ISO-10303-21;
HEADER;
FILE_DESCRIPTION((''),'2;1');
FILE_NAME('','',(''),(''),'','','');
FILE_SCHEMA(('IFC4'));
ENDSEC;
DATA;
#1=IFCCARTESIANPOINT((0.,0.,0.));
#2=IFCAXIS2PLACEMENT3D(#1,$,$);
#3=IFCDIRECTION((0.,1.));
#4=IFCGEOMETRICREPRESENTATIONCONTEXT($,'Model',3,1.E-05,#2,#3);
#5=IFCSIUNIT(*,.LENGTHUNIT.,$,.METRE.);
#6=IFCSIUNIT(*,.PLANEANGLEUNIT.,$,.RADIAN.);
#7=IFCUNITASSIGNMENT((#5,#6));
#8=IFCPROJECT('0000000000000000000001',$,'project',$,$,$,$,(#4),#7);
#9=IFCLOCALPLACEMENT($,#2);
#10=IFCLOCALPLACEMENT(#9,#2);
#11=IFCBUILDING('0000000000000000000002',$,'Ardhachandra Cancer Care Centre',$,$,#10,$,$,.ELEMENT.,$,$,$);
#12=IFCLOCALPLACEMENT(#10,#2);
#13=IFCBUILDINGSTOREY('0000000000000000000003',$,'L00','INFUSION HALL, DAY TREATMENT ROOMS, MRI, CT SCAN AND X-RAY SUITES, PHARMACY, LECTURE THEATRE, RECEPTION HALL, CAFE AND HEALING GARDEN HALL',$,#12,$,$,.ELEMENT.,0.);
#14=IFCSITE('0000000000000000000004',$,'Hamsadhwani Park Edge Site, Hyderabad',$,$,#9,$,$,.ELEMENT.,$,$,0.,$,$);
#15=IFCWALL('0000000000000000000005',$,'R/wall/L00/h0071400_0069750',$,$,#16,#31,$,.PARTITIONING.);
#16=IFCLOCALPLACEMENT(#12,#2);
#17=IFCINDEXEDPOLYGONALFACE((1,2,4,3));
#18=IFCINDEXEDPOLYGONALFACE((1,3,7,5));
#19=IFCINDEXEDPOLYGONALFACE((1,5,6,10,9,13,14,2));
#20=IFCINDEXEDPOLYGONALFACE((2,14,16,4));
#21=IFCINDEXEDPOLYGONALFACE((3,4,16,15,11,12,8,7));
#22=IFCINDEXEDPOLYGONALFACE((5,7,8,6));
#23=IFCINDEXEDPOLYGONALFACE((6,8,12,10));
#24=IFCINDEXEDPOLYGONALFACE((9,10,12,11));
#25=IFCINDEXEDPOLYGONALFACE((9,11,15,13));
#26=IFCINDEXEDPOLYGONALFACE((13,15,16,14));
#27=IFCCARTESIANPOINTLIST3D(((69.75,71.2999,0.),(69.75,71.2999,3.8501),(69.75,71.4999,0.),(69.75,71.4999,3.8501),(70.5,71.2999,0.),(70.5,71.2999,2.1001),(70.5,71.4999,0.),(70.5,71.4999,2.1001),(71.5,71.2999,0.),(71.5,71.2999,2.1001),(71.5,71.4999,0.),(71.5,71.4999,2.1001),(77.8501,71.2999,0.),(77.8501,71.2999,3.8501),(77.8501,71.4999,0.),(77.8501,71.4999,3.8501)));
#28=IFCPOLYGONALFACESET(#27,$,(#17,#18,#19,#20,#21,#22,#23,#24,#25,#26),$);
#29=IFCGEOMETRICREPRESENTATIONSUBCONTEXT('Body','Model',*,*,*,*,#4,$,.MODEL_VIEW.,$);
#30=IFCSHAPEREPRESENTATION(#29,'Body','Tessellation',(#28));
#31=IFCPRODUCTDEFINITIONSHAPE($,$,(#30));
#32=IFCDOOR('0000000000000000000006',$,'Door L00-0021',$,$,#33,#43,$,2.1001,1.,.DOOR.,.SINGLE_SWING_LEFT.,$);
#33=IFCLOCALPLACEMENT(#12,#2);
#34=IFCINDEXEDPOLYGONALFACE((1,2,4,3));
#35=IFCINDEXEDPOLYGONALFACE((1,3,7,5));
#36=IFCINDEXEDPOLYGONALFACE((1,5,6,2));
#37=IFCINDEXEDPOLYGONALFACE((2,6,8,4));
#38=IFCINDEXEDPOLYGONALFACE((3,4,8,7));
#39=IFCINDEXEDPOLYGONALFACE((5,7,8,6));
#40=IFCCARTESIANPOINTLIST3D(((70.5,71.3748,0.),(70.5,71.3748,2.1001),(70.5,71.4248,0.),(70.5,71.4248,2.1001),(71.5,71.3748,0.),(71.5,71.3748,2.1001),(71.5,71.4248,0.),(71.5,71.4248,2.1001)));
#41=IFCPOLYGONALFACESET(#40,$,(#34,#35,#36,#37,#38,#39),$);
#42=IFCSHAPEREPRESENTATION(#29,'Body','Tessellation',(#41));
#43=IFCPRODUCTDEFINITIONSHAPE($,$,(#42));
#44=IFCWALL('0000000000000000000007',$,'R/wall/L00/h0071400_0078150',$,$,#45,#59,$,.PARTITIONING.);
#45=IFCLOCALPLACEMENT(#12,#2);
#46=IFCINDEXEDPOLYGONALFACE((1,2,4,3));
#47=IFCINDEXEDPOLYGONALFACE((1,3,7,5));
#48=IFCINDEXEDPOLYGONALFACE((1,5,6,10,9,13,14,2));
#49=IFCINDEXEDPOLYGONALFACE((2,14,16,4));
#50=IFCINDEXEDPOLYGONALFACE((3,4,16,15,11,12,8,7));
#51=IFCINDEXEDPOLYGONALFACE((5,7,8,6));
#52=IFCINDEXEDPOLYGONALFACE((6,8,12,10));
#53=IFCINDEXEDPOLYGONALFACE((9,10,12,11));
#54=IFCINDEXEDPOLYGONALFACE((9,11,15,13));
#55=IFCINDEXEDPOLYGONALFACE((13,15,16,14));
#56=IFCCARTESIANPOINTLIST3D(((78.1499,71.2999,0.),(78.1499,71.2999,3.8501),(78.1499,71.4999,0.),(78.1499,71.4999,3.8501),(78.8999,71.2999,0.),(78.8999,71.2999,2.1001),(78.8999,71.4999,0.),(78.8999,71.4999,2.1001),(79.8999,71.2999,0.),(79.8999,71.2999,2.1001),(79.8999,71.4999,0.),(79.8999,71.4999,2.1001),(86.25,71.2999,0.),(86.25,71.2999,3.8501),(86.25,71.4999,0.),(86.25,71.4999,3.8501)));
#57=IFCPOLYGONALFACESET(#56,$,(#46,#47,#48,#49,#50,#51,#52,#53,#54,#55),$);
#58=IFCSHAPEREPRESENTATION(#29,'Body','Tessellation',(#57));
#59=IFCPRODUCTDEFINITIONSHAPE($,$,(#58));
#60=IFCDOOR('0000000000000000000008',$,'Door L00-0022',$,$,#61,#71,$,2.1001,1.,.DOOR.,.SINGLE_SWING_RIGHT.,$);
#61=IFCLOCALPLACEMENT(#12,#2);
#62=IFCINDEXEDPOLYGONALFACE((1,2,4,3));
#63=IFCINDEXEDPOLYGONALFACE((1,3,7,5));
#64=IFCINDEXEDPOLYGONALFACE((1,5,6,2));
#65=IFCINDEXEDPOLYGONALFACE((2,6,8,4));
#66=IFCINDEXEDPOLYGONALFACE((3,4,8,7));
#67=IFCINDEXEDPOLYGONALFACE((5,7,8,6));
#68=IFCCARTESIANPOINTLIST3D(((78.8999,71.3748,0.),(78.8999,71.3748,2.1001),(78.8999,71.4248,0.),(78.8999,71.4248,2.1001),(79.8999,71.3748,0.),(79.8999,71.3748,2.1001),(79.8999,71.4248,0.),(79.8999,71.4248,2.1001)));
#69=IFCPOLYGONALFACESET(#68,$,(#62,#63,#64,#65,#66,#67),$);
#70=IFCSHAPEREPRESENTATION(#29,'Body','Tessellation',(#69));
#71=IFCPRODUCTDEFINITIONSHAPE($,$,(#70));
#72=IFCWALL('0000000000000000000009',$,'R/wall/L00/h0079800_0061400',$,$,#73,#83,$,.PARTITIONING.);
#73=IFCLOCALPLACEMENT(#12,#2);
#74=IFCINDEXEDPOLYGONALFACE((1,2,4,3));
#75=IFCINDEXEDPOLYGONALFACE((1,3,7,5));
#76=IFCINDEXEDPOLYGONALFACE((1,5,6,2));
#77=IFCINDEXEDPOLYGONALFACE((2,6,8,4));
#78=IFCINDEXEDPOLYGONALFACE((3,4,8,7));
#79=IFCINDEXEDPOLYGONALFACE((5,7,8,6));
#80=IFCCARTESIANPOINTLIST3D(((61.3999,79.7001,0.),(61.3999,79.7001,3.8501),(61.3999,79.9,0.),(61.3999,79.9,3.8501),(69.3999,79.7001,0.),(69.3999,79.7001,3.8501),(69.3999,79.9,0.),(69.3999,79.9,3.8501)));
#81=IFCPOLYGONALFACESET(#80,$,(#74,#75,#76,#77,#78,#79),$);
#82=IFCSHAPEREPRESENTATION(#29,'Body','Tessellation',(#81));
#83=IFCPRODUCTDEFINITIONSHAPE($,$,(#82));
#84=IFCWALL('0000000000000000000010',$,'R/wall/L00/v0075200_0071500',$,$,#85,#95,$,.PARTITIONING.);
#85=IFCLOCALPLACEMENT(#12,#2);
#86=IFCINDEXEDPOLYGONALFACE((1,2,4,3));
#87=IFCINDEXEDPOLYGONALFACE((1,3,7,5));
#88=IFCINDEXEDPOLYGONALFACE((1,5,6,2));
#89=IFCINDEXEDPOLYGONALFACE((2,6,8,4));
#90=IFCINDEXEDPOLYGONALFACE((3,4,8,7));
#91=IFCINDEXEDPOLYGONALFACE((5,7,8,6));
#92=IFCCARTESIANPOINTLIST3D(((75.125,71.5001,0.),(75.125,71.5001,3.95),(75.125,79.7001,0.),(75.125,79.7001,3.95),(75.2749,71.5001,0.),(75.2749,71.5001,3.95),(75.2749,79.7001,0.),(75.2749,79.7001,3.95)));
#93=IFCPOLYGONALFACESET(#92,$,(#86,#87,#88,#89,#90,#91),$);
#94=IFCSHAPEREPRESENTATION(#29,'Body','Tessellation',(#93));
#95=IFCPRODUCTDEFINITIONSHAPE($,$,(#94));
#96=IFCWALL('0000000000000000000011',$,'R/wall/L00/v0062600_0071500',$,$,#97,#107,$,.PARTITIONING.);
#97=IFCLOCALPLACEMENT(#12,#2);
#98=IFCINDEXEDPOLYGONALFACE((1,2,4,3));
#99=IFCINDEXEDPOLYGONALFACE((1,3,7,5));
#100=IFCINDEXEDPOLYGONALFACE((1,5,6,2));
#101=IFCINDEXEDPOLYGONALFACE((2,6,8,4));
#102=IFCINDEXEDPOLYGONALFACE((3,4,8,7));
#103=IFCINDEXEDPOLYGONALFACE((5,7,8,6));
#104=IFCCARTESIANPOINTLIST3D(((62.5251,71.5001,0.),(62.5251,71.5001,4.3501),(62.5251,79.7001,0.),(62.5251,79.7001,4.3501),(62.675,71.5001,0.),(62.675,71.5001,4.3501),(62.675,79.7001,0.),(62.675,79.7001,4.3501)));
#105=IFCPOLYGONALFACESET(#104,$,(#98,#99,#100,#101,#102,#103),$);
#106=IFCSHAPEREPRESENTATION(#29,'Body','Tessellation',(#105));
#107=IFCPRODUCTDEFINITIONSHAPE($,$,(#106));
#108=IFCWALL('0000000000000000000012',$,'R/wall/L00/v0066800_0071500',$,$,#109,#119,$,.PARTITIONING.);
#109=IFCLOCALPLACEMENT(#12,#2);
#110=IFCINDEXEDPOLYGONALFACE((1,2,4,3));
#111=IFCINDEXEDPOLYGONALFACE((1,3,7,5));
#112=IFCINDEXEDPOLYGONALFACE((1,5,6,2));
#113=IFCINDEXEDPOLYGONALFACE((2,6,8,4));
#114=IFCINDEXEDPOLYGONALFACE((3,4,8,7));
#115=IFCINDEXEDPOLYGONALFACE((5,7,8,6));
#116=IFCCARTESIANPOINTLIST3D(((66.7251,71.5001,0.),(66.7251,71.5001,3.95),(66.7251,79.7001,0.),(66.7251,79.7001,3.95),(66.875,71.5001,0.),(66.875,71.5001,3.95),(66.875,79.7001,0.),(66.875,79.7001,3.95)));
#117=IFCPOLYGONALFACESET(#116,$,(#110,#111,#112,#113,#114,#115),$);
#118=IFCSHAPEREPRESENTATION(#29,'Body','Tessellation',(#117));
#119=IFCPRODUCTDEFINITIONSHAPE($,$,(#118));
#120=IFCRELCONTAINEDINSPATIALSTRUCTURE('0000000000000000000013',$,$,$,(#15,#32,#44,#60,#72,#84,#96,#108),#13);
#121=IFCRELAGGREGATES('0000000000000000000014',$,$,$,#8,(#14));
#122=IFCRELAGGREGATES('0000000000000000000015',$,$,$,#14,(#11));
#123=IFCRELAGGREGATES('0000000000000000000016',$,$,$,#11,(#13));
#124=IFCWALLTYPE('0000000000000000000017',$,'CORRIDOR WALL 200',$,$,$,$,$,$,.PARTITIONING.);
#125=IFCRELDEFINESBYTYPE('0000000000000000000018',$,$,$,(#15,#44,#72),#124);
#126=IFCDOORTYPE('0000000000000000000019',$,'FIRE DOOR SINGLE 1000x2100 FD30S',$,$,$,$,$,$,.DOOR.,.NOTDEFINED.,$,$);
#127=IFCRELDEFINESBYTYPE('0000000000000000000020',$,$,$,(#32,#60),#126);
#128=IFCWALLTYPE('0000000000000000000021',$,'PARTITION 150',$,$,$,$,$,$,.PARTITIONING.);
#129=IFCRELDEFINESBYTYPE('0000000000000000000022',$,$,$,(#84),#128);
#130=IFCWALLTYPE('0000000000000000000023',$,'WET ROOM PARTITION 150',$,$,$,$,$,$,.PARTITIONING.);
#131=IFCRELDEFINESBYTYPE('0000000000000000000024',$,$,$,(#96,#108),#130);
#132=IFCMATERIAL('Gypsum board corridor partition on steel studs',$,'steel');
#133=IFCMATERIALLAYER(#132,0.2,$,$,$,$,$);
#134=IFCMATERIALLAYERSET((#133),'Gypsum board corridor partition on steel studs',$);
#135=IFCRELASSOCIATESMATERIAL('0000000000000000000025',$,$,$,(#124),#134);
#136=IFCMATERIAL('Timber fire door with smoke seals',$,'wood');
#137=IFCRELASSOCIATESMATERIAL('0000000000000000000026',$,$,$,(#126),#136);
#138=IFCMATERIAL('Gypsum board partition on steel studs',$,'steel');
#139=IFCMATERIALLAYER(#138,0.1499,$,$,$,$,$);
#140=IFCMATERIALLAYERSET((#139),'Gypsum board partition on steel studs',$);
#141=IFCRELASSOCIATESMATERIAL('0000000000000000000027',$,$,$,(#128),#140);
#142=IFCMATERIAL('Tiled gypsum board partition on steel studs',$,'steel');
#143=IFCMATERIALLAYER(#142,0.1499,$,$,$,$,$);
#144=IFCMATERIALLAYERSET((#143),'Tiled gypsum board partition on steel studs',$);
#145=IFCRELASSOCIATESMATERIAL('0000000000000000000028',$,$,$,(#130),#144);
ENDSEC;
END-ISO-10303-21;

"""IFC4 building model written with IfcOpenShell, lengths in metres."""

from ifc_helpers import new_model, si_unit, direction, frame, frame_2d, origin, place, context, subcontext, project, spatial, rectangle, extrude, material, layer, layer_set, type_object, element, fill, save


model = new_model("IFC4")

# Units and contexts
model_context = context("Model", 3, precision=1e-05, world=origin(), true_north=direction((0.0, 1.0)))
body_context = subcontext(model_context, "Body", "Model", "MODEL_VIEW")
ifc_project = project(units=[si_unit("LENGTHUNIT", "METRE"), si_unit("PLANEANGLEUNIT", "RADIAN")], contexts=[model_context])

# Site, building, storey
site_placement = place(None, origin())
site = spatial("IfcSite", under=ifc_project, at=site_placement, Name="Hamsadhwani Park Edge Site, Hyderabad", CompositionType="ELEMENT", RefElevation=0.0)
building_placement = place(site_placement, origin())
building = spatial("IfcBuilding", under=site, at=building_placement, Name="Ardhachandra Cancer Care Centre", CompositionType="ELEMENT")
storey_placement = place(building_placement, origin())
storey = spatial("IfcBuildingStorey", under=building, at=storey_placement, Name="L00", Description="INFUSION HALL, DAY TREATMENT ROOMS, MRI, CT SCAN AND X-RAY SUITES, PHARMACY, LECTURE THEATRE, RECEPTION HALL, CAFE AND HEALING GARDEN HALL", CompositionType="ELEMENT", Elevation=0.0)

# Walls, openings, doors
ifc_material_1 = material(Name="Gypsum board corridor partition on steel studs", Category="steel")
ifc_layer_1 = layer(ifc_material_1, 0.2)
ifc_layer_set_1 = layer_set([ifc_layer_1], Name="Gypsum board corridor partition on steel studs")
wall_type_1 = type_object("IfcWallType", Name="CORRIDOR WALL 200", PredefinedType="PARTITIONING", material=ifc_layer_set_1)
ifc_material_2 = material(Name="Timber fire door with smoke seals", Category="wood")
door_type = type_object("IfcDoorType", Name="FIRE DOOR SINGLE 1000x2100 FD30S", OperationType="NOTDEFINED", PredefinedType="DOOR", material=ifc_material_2)
wall_1_placement = place(storey_placement, frame((69.75, 71.3999, 0.0), z_axis=(0.0, 0.0, 1.0), x_axis=(1.0, 0.0, 0.0)))
wall_1 = element("IfcWall", 1, at=wall_1_placement, inside=storey, type_object=wall_type_1, Name="R/wall/L00/h0071400_0069750", PredefinedType="PARTITIONING", context=body_context, shape_type="SweptSolid", body=[
    extrude(rectangle(XDim=8.1001, YDim=0.2, at=frame_2d((4.05, 0.0))), origin(), (0.0, 0.0, 1.0), 3.8501),
])
opening_1_placement = place(wall_1_placement, frame((0.75, 0.0, 0.0)))
opening_1 = element("IfcOpeningElement", 2, at=opening_1_placement, cuts=wall_1, PredefinedType="OPENING", context=body_context, shape_type="SweptSolid", body=[
    extrude(rectangle(XDim=1.0, YDim=2.1001, at=frame_2d((0.5, 1.05))), frame((0.0, 0.1099, 0.0), z_axis=(0.0, -1.0, 0.0), x_axis=(1.0, 0.0, 0.0)), (0.0, 0.0, 1.0), 0.22),
])
door_1_placement = place(opening_1_placement, origin())
door_1 = element("IfcDoor", 3, at=door_1_placement, inside=storey, type_object=door_type, Name="Door L00-0021", OperationType="SINGLE_SWING_LEFT", OverallHeight=2.1001, OverallWidth=1.0, PredefinedType="DOOR", context=body_context, shape_type="SweptSolid", body=[
    extrude(rectangle(XDim=1.0, YDim=2.1001, at=frame_2d((0.5, 1.05))), frame((0.0, 0.0249, 0.0), z_axis=(0.0, -1.0, 0.0), x_axis=(1.0, 0.0, 0.0)), (0.0, 0.0, 1.0), 0.05),
])
fill(opening_1, door_1)
wall_2_placement = place(storey_placement, frame((78.1499, 71.3999, 0.0), z_axis=(0.0, 0.0, 1.0), x_axis=(1.0, 0.0, 0.0)))
wall_2 = element("IfcWall", 4, at=wall_2_placement, inside=storey, type_object=wall_type_1, Name="R/wall/L00/h0071400_0078150", PredefinedType="PARTITIONING", context=body_context, shape_type="SweptSolid", body=[
    extrude(rectangle(XDim=8.1001, YDim=0.2, at=frame_2d((4.05, 0.0))), origin(), (0.0, 0.0, 1.0), 3.8501),
])
opening_2_placement = place(wall_2_placement, frame((0.75, 0.0, 0.0)))
opening_2 = element("IfcOpeningElement", 5, at=opening_2_placement, cuts=wall_2, PredefinedType="OPENING", context=body_context, shape_type="SweptSolid", body=[
    extrude(rectangle(XDim=1.0, YDim=2.1001, at=frame_2d((0.5, 1.05))), frame((0.0, 0.1099, 0.0), z_axis=(0.0, -1.0, 0.0), x_axis=(1.0, 0.0, 0.0)), (0.0, 0.0, 1.0), 0.22),
])
door_2_placement = place(opening_2_placement, origin())
door_2 = element("IfcDoor", 6, at=door_2_placement, inside=storey, type_object=door_type, Name="Door L00-0022", OperationType="SINGLE_SWING_RIGHT", OverallHeight=2.1001, OverallWidth=1.0, PredefinedType="DOOR", context=body_context, shape_type="SweptSolid", body=[
    extrude(rectangle(XDim=1.0, YDim=2.1001, at=frame_2d((0.5, 1.05))), frame((0.0, 0.0249, 0.0), z_axis=(0.0, -1.0, 0.0), x_axis=(1.0, 0.0, 0.0)), (0.0, 0.0, 1.0), 0.05),
])
fill(opening_2, door_2)

# Walls
wall_3_placement = place(storey_placement, frame((61.3999, 79.8, 0.0), z_axis=(0.0, 0.0, 1.0), x_axis=(1.0, 0.0, 0.0)))
element("IfcWall", 7, at=wall_3_placement, inside=storey, type_object=wall_type_1, Name="R/wall/L00/h0079800_0061400", PredefinedType="PARTITIONING", context=body_context, shape_type="SweptSolid", body=[
    extrude(rectangle(XDim=8.0, YDim=0.2, at=frame_2d((4.0, 0.0))), origin(), (0.0, 0.0, 1.0), 3.8501),
])
ifc_material_3 = material(Name="Gypsum board partition on steel studs", Category="steel")
ifc_layer_2 = layer(ifc_material_3, 0.1499)
ifc_layer_set_2 = layer_set([ifc_layer_2], Name="Gypsum board partition on steel studs")
wall_type_2 = type_object("IfcWallType", Name="PARTITION 150", PredefinedType="PARTITIONING", material=ifc_layer_set_2)
wall_4_placement = place(storey_placement, frame((75.2, 71.5, 0.0), z_axis=(0.0, 0.0, 1.0), x_axis=(0.0, 1.0, 0.0)))
element("IfcWall", 8, at=wall_4_placement, inside=storey, type_object=wall_type_2, Name="R/wall/L00/v0075200_0071500", PredefinedType="PARTITIONING", context=body_context, shape_type="SweptSolid", body=[
    extrude(rectangle(XDim=8.2, YDim=0.1499, at=frame_2d((4.1001, 0.0))), origin(), (0.0, 0.0, 1.0), 3.95),
])
ifc_material_4 = material(Name="Tiled gypsum board partition on steel studs", Category="steel")
ifc_layer_3 = layer(ifc_material_4, 0.1499)
ifc_layer_set_3 = layer_set([ifc_layer_3], Name="Tiled gypsum board partition on steel studs")
wall_type_3 = type_object("IfcWallType", Name="WET ROOM PARTITION 150", PredefinedType="PARTITIONING", material=ifc_layer_set_3)
wall_5_placement = place(storey_placement, frame((62.6001, 71.5, 0.0), z_axis=(0.0, 0.0, 1.0), x_axis=(0.0, 1.0, 0.0)))
element("IfcWall", 9, at=wall_5_placement, inside=storey, type_object=wall_type_3, Name="R/wall/L00/v0062600_0071500", PredefinedType="PARTITIONING", context=body_context, shape_type="SweptSolid", body=[
    extrude(rectangle(XDim=8.2, YDim=0.1499, at=frame_2d((4.1001, 0.0))), origin(), (0.0, 0.0, 1.0), 4.3501),
])
wall_6_placement = place(storey_placement, frame((66.8, 71.5, 0.0), z_axis=(0.0, 0.0, 1.0), x_axis=(0.0, 1.0, 0.0)))
element("IfcWall", 10, at=wall_6_placement, inside=storey, type_object=wall_type_3, Name="R/wall/L00/v0066800_0071500", PredefinedType="PARTITIONING", context=body_context, shape_type="SweptSolid", body=[
    extrude(rectangle(XDim=8.2, YDim=0.1499, at=frame_2d((4.1001, 0.0))), origin(), (0.0, 0.0, 1.0), 3.95),
])

save(model, "model.ifc")
